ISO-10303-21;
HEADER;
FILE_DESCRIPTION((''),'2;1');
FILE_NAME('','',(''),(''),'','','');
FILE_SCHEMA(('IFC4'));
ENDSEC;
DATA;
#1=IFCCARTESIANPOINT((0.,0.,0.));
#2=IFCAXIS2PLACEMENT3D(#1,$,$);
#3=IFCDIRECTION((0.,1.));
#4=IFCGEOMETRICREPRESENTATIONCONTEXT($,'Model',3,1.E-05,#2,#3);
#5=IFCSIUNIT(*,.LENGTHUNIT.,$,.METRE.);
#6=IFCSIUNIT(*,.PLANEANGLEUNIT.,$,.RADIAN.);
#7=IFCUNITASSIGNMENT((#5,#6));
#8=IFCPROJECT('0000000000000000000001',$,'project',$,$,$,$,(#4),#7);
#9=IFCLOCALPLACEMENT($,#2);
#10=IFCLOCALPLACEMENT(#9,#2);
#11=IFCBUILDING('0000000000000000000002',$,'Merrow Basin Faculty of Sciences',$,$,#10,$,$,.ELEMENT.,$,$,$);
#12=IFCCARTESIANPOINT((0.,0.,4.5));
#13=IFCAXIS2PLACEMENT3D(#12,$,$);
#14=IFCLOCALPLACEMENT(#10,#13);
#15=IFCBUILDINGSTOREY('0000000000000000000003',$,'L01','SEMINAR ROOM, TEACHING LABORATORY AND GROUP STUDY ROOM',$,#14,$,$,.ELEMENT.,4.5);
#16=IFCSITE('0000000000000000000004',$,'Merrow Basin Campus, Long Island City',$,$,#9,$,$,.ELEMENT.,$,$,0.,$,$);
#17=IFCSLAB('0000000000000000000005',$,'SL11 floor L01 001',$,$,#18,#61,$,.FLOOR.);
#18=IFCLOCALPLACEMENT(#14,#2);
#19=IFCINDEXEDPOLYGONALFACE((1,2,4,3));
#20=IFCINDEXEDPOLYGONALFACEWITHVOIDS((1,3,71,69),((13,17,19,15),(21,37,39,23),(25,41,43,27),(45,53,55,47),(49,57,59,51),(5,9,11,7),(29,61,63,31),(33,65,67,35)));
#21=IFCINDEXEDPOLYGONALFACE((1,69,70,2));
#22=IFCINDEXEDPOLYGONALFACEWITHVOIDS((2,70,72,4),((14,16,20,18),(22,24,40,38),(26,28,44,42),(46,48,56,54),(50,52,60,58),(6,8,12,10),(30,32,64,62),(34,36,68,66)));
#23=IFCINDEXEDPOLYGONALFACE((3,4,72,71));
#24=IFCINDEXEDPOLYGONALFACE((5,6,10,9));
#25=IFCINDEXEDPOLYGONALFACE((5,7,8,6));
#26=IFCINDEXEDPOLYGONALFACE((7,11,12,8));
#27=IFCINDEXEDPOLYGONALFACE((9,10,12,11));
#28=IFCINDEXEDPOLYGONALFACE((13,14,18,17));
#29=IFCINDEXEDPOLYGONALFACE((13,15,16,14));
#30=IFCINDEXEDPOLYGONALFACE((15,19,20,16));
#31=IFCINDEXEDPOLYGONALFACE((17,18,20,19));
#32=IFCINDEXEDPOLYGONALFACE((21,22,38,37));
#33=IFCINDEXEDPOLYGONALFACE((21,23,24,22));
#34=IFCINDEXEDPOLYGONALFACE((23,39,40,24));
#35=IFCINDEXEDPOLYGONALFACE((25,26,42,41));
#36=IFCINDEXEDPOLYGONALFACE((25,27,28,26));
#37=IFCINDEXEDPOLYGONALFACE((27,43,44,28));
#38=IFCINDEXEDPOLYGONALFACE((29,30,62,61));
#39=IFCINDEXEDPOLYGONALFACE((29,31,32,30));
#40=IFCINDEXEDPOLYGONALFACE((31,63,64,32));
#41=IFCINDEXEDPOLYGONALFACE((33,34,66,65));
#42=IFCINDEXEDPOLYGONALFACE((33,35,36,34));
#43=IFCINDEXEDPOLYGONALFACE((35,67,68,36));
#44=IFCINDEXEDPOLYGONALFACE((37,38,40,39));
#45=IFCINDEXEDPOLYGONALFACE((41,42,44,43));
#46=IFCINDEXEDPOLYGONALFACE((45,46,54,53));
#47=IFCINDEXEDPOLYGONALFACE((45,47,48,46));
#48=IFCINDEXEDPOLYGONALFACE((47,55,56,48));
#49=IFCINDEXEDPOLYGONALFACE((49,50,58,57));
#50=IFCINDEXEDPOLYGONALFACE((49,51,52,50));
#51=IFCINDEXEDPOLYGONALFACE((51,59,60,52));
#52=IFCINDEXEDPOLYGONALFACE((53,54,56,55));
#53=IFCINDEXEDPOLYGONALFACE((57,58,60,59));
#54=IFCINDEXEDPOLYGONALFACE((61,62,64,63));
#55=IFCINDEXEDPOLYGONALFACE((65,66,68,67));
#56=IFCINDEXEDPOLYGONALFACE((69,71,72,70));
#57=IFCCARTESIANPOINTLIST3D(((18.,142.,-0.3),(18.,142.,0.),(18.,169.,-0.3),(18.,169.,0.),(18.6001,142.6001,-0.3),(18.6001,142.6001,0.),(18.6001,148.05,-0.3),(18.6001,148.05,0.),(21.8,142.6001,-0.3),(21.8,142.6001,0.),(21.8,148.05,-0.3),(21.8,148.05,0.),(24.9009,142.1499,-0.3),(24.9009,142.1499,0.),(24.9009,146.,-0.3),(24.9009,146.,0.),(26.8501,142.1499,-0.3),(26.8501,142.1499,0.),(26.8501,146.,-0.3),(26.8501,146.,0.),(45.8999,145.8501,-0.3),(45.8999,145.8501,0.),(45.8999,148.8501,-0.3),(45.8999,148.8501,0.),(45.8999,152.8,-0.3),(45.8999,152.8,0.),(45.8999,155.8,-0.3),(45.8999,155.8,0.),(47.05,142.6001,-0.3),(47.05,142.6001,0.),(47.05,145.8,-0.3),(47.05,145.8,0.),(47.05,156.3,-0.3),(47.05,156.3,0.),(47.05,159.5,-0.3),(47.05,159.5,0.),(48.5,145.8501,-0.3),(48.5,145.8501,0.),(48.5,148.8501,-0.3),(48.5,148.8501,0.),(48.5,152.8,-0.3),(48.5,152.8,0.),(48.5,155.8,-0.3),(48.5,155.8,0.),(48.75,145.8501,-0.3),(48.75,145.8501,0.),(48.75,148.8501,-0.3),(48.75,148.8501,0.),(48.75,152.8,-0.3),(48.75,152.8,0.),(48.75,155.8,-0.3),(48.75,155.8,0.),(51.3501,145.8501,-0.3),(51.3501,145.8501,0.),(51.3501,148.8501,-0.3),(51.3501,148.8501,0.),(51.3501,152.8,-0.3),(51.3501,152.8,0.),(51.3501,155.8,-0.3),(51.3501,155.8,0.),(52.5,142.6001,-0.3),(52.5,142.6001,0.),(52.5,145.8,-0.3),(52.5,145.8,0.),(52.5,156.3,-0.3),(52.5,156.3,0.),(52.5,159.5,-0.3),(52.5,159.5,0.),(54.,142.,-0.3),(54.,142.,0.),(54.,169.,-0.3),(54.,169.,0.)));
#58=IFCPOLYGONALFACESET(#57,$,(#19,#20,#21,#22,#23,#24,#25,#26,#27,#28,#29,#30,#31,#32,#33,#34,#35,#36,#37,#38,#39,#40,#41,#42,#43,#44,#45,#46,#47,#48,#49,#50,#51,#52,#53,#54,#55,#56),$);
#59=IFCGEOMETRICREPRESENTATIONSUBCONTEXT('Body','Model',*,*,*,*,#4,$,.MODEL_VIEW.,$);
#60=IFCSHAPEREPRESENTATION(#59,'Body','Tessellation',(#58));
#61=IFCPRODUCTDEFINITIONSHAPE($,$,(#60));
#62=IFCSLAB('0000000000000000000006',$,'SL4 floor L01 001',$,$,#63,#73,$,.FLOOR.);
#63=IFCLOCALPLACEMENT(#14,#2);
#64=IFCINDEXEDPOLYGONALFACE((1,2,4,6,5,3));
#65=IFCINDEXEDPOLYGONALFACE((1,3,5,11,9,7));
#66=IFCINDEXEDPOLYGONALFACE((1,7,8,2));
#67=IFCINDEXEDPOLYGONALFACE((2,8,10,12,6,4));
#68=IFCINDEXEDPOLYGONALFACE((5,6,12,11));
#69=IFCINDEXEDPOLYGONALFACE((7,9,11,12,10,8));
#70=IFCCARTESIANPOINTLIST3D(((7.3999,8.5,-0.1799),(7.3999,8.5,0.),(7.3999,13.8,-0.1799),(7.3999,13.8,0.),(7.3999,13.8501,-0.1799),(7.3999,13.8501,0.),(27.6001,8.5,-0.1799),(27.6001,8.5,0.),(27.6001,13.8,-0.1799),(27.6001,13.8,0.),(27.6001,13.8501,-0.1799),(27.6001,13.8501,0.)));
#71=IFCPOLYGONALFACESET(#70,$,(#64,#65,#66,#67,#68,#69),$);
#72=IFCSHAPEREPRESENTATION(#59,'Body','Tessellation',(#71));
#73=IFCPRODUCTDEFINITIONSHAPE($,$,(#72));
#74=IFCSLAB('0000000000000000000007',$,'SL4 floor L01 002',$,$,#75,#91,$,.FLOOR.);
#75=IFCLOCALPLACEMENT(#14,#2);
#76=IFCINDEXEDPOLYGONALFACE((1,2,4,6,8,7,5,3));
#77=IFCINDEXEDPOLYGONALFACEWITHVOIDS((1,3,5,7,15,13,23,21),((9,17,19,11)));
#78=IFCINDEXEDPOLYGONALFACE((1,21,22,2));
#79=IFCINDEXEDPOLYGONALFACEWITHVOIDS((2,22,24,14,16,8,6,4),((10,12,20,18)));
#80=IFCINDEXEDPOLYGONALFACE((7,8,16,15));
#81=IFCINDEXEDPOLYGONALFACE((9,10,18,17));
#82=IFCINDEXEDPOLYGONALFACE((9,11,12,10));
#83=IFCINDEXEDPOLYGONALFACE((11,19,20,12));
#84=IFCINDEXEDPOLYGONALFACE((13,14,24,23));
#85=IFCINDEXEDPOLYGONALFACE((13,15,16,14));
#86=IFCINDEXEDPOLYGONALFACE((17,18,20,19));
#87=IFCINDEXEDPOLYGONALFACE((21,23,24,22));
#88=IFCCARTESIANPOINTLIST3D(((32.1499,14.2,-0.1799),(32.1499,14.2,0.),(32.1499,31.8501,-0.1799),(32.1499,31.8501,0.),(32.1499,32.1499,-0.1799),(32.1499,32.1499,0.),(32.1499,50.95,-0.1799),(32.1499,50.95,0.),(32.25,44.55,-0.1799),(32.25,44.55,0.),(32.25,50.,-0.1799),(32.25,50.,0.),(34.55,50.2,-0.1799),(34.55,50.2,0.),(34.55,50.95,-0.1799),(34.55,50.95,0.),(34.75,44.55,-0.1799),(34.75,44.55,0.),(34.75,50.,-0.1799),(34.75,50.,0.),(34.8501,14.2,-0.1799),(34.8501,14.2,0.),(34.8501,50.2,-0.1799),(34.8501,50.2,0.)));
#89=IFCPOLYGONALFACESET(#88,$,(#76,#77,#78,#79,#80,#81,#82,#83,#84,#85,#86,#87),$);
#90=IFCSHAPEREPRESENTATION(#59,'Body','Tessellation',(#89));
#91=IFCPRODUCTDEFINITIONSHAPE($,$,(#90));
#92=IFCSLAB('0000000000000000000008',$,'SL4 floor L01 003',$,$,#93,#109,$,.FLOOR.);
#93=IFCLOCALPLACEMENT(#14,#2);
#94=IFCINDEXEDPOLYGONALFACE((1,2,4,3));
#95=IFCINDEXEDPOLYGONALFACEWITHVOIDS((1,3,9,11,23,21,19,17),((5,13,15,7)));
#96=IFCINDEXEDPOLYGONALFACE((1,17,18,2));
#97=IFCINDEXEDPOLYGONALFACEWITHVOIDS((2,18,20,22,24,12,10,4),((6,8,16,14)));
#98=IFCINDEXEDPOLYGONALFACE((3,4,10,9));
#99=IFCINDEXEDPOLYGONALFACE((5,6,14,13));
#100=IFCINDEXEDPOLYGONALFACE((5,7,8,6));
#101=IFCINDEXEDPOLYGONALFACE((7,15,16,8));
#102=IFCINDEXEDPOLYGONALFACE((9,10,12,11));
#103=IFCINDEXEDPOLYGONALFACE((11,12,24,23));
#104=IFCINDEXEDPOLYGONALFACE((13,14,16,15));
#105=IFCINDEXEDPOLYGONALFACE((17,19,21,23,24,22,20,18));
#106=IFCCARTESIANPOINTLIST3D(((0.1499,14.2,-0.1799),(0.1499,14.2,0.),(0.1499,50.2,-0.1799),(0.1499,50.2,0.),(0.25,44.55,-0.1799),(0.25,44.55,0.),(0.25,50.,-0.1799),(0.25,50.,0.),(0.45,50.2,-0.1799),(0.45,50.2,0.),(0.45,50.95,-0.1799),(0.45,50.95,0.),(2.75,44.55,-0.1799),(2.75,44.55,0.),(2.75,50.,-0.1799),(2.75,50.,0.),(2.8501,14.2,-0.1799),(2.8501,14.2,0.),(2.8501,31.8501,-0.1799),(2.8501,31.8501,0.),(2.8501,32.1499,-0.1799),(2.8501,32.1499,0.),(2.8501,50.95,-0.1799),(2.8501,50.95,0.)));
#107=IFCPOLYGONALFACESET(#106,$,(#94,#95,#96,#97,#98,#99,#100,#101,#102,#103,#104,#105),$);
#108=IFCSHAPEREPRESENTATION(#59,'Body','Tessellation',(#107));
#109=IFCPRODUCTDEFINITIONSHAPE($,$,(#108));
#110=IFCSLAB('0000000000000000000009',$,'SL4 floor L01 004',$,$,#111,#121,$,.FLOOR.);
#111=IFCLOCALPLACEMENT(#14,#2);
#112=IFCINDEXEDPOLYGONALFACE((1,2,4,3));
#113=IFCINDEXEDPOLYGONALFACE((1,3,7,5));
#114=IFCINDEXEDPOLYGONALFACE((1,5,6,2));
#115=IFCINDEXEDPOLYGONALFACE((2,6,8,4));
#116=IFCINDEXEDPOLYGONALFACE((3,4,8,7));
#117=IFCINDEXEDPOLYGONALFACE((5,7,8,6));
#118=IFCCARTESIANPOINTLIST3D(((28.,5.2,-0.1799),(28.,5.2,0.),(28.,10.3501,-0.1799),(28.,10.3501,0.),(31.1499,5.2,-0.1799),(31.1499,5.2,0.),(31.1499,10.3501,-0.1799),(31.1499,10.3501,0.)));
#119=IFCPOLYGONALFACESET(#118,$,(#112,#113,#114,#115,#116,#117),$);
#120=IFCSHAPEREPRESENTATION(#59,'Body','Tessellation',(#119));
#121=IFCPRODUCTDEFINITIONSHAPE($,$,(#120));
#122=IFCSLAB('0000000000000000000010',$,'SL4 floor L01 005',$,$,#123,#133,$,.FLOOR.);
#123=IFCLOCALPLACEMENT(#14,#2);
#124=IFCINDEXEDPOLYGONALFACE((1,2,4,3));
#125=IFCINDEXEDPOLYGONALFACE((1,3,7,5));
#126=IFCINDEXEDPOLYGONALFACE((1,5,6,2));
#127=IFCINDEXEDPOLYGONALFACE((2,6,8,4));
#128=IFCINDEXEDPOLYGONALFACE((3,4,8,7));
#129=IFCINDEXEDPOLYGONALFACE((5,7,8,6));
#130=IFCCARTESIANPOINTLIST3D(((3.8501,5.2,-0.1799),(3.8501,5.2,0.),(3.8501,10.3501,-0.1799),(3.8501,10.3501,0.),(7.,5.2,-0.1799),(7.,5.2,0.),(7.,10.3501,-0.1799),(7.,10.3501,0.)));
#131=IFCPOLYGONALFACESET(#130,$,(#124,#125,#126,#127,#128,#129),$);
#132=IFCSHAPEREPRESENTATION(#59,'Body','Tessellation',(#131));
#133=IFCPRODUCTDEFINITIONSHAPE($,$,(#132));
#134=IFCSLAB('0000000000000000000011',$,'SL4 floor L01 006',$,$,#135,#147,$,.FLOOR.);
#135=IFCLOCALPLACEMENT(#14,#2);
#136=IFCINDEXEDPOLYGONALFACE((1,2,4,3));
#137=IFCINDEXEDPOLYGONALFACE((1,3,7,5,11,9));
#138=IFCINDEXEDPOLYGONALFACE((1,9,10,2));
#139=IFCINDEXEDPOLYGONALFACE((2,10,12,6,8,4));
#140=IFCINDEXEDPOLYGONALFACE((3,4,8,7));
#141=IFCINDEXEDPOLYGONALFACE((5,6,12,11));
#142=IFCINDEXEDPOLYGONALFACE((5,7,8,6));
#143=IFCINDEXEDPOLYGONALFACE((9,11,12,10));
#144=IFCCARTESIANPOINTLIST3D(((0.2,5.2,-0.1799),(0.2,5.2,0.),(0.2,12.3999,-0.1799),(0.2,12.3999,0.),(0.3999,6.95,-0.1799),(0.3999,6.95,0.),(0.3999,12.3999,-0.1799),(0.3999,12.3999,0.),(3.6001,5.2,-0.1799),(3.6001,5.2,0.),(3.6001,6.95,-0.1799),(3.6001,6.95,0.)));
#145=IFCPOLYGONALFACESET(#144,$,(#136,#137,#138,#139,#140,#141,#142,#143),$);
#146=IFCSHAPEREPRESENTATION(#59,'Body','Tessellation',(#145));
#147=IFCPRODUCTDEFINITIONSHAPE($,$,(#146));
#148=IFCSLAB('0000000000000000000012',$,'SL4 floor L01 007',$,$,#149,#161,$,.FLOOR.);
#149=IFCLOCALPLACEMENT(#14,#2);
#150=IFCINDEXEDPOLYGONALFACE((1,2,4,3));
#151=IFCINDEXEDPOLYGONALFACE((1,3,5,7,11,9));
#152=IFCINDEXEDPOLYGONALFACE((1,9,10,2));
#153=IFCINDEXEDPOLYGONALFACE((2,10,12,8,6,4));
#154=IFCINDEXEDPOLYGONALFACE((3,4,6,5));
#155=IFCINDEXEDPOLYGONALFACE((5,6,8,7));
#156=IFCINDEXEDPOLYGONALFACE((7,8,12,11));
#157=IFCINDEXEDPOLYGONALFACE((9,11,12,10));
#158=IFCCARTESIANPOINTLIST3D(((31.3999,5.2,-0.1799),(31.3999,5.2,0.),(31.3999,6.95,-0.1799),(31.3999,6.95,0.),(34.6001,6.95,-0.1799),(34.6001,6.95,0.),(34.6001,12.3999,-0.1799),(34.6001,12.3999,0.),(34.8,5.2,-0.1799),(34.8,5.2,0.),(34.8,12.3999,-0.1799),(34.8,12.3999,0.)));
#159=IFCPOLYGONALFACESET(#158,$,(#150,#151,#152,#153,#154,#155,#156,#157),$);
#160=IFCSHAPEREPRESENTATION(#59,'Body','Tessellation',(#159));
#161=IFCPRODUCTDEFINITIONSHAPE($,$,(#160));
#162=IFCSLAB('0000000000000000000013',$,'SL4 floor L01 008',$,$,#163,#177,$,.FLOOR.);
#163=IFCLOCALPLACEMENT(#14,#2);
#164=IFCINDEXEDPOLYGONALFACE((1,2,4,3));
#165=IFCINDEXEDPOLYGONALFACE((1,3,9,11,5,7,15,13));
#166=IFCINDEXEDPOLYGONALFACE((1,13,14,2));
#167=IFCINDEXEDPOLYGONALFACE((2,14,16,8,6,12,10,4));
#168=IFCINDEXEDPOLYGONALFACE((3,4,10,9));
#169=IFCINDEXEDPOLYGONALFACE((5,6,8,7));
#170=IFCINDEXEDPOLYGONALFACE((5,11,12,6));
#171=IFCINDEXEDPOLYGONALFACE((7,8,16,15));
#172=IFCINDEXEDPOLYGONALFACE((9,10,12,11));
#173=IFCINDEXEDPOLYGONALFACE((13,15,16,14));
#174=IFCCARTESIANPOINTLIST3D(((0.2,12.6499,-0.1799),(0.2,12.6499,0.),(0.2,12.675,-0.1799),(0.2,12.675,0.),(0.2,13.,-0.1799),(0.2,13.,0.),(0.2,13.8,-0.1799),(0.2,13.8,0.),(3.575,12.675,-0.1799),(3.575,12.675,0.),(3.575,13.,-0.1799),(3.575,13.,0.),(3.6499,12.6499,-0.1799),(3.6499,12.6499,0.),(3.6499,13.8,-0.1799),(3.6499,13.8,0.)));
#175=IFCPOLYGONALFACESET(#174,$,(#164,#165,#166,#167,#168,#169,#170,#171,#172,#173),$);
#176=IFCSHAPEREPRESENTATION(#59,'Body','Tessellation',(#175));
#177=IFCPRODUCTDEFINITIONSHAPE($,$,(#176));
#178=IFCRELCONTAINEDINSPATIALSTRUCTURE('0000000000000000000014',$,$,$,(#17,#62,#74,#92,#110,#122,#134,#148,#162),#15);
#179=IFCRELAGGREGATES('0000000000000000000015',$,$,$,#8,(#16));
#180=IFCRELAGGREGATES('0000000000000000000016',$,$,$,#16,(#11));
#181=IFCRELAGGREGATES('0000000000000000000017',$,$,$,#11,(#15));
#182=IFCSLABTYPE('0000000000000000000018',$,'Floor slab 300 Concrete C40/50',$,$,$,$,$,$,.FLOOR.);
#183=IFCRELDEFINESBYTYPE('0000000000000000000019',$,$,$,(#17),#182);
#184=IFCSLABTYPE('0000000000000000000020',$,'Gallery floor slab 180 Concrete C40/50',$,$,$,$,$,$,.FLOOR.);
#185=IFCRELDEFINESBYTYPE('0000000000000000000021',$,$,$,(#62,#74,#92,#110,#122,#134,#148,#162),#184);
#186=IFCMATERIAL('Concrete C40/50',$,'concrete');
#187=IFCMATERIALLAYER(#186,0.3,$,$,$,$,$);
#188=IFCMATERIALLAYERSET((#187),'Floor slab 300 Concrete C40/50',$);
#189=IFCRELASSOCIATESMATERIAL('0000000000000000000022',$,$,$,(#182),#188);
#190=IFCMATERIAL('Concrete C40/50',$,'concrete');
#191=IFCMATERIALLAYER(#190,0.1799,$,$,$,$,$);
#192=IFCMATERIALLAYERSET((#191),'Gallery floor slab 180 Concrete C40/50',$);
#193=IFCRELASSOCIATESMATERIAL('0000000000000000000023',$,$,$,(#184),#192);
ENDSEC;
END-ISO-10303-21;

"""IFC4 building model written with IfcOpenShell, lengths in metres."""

from ifc_helpers import new_model, si_unit, direction, frame, origin, place, context, subcontext, project, spatial, polyline, outline, extrude, material, layer, layer_set, type_object, element, save


model = new_model("IFC4")

# Units and contexts
model_context = context("Model", 3, precision=1e-05, world=origin(), true_north=direction((0.0, 1.0)))
body_context = subcontext(model_context, "Body", "Model", "MODEL_VIEW")
ifc_project = project(units=[si_unit("LENGTHUNIT", "METRE"), si_unit("PLANEANGLEUNIT", "RADIAN")], contexts=[model_context])

# Site, building, storey
site_placement = place(None, origin())
site = spatial("IfcSite", under=ifc_project, at=site_placement, Name="Merrow Basin Campus, Long Island City", CompositionType="ELEMENT", RefElevation=0.0)
building_placement = place(site_placement, origin())
building = spatial("IfcBuilding", under=site, at=building_placement, Name="Merrow Basin Faculty of Sciences", CompositionType="ELEMENT")
storey_placement = place(building_placement, frame((0.0, 0.0, 4.5)))
storey = spatial("IfcBuildingStorey", under=building, at=storey_placement, Name="L01", Description="SEMINAR ROOM, TEACHING LABORATORY AND GROUP STUDY ROOM", CompositionType="ELEMENT", Elevation=4.5)

# Slabs
ifc_material_1 = material(Name="Concrete C40/50", Category="concrete")
ifc_layer_1 = layer(ifc_material_1, 0.3)
ifc_layer_set_1 = layer_set([ifc_layer_1], Name="Floor slab 300 Concrete C40/50")
slab_type_1 = type_object("IfcSlabType", Name="Floor slab 300 Concrete C40/50", PredefinedType="FLOOR", material=ifc_layer_set_1)
slab_1_placement = place(storey_placement, frame((0.0, 0.0, -0.3)))
element("IfcSlab", 1, at=slab_1_placement, inside=storey, type_object=slab_type_1, Name="SL11 floor L01 001", PredefinedType="FLOOR", context=body_context, shape_type="SweptSolid", body=[
    extrude(outline(polyline([(54.0, 169.0), (54.0, 142.0), (18.0, 142.0), (18.0, 169.0), (54.0, 169.0)]), holes=[polyline([(52.5, 142.6001), (52.5, 145.8), (47.05, 145.8), (47.05, 142.6001), (52.5, 142.6001)]), polyline([(52.5, 156.3), (52.5, 159.5), (47.05, 159.5), (47.05, 156.3), (52.5, 156.3)]), polyline([(51.3501, 145.8501), (51.3501, 148.8501), (48.75, 148.8501), (48.75, 145.8501), (51.3501, 145.8501)]), polyline([(51.3501, 152.8), (51.3501, 155.8), (48.75, 155.8), (48.75, 152.8), (51.3501, 152.8)]), polyline([(48.5, 145.8501), (48.5, 148.8501), (45.8999, 148.8501), (45.8999, 145.8501), (48.5, 145.8501)]), polyline([(48.5, 152.8), (48.5, 155.8), (45.8999, 155.8), (45.8999, 152.8), (48.5, 152.8)]), polyline([(26.8501, 142.1499), (26.8501, 146.0), (24.9009, 146.0), (24.9009, 142.1499), (26.8501, 142.1499)]), polyline([(21.8, 142.6001), (21.8, 148.05), (18.6001, 148.05), (18.6001, 142.6001), (21.8, 142.6001)])]), origin(), (0.0, 0.0, 1.0), 0.3),
])
ifc_material_2 = material(Name="Concrete C40/50", Category="concrete")
ifc_layer_2 = layer(ifc_material_2, 0.1799)
ifc_layer_set_2 = layer_set([ifc_layer_2], Name="Gallery floor slab 180 Concrete C40/50")
slab_type_2 = type_object("IfcSlabType", Name="Gallery floor slab 180 Concrete C40/50", PredefinedType="FLOOR", material=ifc_layer_set_2)
slab_2_placement = place(storey_placement, frame((0.0, 0.0, -0.1799)))
element("IfcSlab", 2, at=slab_2_placement, inside=storey, type_object=slab_type_2, Name="SL4 floor L01 001", PredefinedType="FLOOR", context=body_context, shape_type="SweptSolid", body=[
    extrude(outline(polyline([(27.6001, 8.5), (7.3999, 8.5), (7.3999, 13.8), (7.3999, 13.8501), (27.6001, 13.8501), (27.6001, 13.8), (27.6001, 8.5)])), origin(), (0.0, 0.0, 1.0), 0.1799),
])
slab_3_placement = place(storey_placement, frame((0.0, 0.0, -0.1799)))
element("IfcSlab", 3, at=slab_3_placement, inside=storey, type_object=slab_type_2, Name="SL4 floor L01 002", PredefinedType="FLOOR", context=body_context, shape_type="SweptSolid", body=[
    extrude(outline(polyline([(32.1499, 50.95), (34.55, 50.95), (34.55, 50.2), (34.8501, 50.2), (34.8501, 14.2), (32.1499, 14.2), (32.1499, 31.8501), (32.1499, 32.1499), (32.1499, 50.95)]), holes=[polyline([(34.75, 44.55), (34.75, 50.0), (32.25, 50.0), (32.25, 44.55), (34.75, 44.55)])]), origin(), (0.0, 0.0, 1.0), 0.1799),
])
slab_4_placement = place(storey_placement, frame((0.0, 0.0, -0.1799)))
element("IfcSlab", 4, at=slab_4_placement, inside=storey, type_object=slab_type_2, Name="SL4 floor L01 003", PredefinedType="FLOOR", context=body_context, shape_type="SweptSolid", body=[
    extrude(outline(polyline([(0.1499, 50.2), (0.45, 50.2), (0.45, 50.95), (2.8501, 50.95), (2.8501, 32.1499), (2.8501, 31.8501), (2.8501, 14.2), (0.1499, 14.2), (0.1499, 50.2)]), holes=[polyline([(2.75, 44.55), (2.75, 50.0), (0.25, 50.0), (0.25, 44.55), (2.75, 44.55)])]), origin(), (0.0, 0.0, 1.0), 0.1799),
])
slab_5_placement = place(storey_placement, frame((0.0, 0.0, -0.1799)))
element("IfcSlab", 5, at=slab_5_placement, inside=storey, type_object=slab_type_2, Name="SL4 floor L01 004", PredefinedType="FLOOR", context=body_context, shape_type="SweptSolid", body=[
    extrude(outline(polyline([(31.1499, 10.3501), (31.1499, 5.2), (28.0, 5.2), (28.0, 10.3501), (31.1499, 10.3501)])), origin(), (0.0, 0.0, 1.0), 0.1799),
])
slab_6_placement = place(storey_placement, frame((0.0, 0.0, -0.1799)))
element("IfcSlab", 6, at=slab_6_placement, inside=storey, type_object=slab_type_2, Name="SL4 floor L01 005", PredefinedType="FLOOR", context=body_context, shape_type="SweptSolid", body=[
    extrude(outline(polyline([(3.8501, 5.2), (3.8501, 10.3501), (7.0, 10.3501), (7.0, 5.2), (3.8501, 5.2)])), origin(), (0.0, 0.0, 1.0), 0.1799),
])
slab_7_placement = place(storey_placement, frame((0.0, 0.0, -0.1799)))
element("IfcSlab", 7, at=slab_7_placement, inside=storey, type_object=slab_type_2, Name="SL4 floor L01 006", PredefinedType="FLOOR", context=body_context, shape_type="SweptSolid", body=[
    extrude(outline(polyline([(3.6001, 6.95), (3.6001, 5.2), (0.2, 5.2), (0.2, 12.3999), (0.3999, 12.3999), (0.3999, 6.95), (3.6001, 6.95)])), origin(), (0.0, 0.0, 1.0), 0.1799),
])
slab_8_placement = place(storey_placement, frame((0.0, 0.0, -0.1799)))
element("IfcSlab", 8, at=slab_8_placement, inside=storey, type_object=slab_type_2, Name="SL4 floor L01 007", PredefinedType="FLOOR", context=body_context, shape_type="SweptSolid", body=[
    extrude(outline(polyline([(34.6001, 12.3999), (34.8, 12.3999), (34.8, 5.2), (31.3999, 5.2), (31.3999, 6.95), (34.6001, 6.95), (34.6001, 12.3999)])), origin(), (0.0, 0.0, 1.0), 0.1799),
])
slab_9_placement = place(storey_placement, frame((0.0, 0.0, -0.1799)))
element("IfcSlab", 9, at=slab_9_placement, inside=storey, type_object=slab_type_2, Name="SL4 floor L01 008", PredefinedType="FLOOR", context=body_context, shape_type="SweptSolid", body=[
    extrude(outline(polyline([(3.575, 13.0), (0.2, 13.0), (0.2, 13.8), (3.6499, 13.8), (3.6499, 12.6499), (0.2, 12.6499), (0.2, 12.675), (3.575, 12.675), (3.575, 13.0)])), origin(), (0.0, 0.0, 1.0), 0.1799),
])

save(model, "model.ifc")
